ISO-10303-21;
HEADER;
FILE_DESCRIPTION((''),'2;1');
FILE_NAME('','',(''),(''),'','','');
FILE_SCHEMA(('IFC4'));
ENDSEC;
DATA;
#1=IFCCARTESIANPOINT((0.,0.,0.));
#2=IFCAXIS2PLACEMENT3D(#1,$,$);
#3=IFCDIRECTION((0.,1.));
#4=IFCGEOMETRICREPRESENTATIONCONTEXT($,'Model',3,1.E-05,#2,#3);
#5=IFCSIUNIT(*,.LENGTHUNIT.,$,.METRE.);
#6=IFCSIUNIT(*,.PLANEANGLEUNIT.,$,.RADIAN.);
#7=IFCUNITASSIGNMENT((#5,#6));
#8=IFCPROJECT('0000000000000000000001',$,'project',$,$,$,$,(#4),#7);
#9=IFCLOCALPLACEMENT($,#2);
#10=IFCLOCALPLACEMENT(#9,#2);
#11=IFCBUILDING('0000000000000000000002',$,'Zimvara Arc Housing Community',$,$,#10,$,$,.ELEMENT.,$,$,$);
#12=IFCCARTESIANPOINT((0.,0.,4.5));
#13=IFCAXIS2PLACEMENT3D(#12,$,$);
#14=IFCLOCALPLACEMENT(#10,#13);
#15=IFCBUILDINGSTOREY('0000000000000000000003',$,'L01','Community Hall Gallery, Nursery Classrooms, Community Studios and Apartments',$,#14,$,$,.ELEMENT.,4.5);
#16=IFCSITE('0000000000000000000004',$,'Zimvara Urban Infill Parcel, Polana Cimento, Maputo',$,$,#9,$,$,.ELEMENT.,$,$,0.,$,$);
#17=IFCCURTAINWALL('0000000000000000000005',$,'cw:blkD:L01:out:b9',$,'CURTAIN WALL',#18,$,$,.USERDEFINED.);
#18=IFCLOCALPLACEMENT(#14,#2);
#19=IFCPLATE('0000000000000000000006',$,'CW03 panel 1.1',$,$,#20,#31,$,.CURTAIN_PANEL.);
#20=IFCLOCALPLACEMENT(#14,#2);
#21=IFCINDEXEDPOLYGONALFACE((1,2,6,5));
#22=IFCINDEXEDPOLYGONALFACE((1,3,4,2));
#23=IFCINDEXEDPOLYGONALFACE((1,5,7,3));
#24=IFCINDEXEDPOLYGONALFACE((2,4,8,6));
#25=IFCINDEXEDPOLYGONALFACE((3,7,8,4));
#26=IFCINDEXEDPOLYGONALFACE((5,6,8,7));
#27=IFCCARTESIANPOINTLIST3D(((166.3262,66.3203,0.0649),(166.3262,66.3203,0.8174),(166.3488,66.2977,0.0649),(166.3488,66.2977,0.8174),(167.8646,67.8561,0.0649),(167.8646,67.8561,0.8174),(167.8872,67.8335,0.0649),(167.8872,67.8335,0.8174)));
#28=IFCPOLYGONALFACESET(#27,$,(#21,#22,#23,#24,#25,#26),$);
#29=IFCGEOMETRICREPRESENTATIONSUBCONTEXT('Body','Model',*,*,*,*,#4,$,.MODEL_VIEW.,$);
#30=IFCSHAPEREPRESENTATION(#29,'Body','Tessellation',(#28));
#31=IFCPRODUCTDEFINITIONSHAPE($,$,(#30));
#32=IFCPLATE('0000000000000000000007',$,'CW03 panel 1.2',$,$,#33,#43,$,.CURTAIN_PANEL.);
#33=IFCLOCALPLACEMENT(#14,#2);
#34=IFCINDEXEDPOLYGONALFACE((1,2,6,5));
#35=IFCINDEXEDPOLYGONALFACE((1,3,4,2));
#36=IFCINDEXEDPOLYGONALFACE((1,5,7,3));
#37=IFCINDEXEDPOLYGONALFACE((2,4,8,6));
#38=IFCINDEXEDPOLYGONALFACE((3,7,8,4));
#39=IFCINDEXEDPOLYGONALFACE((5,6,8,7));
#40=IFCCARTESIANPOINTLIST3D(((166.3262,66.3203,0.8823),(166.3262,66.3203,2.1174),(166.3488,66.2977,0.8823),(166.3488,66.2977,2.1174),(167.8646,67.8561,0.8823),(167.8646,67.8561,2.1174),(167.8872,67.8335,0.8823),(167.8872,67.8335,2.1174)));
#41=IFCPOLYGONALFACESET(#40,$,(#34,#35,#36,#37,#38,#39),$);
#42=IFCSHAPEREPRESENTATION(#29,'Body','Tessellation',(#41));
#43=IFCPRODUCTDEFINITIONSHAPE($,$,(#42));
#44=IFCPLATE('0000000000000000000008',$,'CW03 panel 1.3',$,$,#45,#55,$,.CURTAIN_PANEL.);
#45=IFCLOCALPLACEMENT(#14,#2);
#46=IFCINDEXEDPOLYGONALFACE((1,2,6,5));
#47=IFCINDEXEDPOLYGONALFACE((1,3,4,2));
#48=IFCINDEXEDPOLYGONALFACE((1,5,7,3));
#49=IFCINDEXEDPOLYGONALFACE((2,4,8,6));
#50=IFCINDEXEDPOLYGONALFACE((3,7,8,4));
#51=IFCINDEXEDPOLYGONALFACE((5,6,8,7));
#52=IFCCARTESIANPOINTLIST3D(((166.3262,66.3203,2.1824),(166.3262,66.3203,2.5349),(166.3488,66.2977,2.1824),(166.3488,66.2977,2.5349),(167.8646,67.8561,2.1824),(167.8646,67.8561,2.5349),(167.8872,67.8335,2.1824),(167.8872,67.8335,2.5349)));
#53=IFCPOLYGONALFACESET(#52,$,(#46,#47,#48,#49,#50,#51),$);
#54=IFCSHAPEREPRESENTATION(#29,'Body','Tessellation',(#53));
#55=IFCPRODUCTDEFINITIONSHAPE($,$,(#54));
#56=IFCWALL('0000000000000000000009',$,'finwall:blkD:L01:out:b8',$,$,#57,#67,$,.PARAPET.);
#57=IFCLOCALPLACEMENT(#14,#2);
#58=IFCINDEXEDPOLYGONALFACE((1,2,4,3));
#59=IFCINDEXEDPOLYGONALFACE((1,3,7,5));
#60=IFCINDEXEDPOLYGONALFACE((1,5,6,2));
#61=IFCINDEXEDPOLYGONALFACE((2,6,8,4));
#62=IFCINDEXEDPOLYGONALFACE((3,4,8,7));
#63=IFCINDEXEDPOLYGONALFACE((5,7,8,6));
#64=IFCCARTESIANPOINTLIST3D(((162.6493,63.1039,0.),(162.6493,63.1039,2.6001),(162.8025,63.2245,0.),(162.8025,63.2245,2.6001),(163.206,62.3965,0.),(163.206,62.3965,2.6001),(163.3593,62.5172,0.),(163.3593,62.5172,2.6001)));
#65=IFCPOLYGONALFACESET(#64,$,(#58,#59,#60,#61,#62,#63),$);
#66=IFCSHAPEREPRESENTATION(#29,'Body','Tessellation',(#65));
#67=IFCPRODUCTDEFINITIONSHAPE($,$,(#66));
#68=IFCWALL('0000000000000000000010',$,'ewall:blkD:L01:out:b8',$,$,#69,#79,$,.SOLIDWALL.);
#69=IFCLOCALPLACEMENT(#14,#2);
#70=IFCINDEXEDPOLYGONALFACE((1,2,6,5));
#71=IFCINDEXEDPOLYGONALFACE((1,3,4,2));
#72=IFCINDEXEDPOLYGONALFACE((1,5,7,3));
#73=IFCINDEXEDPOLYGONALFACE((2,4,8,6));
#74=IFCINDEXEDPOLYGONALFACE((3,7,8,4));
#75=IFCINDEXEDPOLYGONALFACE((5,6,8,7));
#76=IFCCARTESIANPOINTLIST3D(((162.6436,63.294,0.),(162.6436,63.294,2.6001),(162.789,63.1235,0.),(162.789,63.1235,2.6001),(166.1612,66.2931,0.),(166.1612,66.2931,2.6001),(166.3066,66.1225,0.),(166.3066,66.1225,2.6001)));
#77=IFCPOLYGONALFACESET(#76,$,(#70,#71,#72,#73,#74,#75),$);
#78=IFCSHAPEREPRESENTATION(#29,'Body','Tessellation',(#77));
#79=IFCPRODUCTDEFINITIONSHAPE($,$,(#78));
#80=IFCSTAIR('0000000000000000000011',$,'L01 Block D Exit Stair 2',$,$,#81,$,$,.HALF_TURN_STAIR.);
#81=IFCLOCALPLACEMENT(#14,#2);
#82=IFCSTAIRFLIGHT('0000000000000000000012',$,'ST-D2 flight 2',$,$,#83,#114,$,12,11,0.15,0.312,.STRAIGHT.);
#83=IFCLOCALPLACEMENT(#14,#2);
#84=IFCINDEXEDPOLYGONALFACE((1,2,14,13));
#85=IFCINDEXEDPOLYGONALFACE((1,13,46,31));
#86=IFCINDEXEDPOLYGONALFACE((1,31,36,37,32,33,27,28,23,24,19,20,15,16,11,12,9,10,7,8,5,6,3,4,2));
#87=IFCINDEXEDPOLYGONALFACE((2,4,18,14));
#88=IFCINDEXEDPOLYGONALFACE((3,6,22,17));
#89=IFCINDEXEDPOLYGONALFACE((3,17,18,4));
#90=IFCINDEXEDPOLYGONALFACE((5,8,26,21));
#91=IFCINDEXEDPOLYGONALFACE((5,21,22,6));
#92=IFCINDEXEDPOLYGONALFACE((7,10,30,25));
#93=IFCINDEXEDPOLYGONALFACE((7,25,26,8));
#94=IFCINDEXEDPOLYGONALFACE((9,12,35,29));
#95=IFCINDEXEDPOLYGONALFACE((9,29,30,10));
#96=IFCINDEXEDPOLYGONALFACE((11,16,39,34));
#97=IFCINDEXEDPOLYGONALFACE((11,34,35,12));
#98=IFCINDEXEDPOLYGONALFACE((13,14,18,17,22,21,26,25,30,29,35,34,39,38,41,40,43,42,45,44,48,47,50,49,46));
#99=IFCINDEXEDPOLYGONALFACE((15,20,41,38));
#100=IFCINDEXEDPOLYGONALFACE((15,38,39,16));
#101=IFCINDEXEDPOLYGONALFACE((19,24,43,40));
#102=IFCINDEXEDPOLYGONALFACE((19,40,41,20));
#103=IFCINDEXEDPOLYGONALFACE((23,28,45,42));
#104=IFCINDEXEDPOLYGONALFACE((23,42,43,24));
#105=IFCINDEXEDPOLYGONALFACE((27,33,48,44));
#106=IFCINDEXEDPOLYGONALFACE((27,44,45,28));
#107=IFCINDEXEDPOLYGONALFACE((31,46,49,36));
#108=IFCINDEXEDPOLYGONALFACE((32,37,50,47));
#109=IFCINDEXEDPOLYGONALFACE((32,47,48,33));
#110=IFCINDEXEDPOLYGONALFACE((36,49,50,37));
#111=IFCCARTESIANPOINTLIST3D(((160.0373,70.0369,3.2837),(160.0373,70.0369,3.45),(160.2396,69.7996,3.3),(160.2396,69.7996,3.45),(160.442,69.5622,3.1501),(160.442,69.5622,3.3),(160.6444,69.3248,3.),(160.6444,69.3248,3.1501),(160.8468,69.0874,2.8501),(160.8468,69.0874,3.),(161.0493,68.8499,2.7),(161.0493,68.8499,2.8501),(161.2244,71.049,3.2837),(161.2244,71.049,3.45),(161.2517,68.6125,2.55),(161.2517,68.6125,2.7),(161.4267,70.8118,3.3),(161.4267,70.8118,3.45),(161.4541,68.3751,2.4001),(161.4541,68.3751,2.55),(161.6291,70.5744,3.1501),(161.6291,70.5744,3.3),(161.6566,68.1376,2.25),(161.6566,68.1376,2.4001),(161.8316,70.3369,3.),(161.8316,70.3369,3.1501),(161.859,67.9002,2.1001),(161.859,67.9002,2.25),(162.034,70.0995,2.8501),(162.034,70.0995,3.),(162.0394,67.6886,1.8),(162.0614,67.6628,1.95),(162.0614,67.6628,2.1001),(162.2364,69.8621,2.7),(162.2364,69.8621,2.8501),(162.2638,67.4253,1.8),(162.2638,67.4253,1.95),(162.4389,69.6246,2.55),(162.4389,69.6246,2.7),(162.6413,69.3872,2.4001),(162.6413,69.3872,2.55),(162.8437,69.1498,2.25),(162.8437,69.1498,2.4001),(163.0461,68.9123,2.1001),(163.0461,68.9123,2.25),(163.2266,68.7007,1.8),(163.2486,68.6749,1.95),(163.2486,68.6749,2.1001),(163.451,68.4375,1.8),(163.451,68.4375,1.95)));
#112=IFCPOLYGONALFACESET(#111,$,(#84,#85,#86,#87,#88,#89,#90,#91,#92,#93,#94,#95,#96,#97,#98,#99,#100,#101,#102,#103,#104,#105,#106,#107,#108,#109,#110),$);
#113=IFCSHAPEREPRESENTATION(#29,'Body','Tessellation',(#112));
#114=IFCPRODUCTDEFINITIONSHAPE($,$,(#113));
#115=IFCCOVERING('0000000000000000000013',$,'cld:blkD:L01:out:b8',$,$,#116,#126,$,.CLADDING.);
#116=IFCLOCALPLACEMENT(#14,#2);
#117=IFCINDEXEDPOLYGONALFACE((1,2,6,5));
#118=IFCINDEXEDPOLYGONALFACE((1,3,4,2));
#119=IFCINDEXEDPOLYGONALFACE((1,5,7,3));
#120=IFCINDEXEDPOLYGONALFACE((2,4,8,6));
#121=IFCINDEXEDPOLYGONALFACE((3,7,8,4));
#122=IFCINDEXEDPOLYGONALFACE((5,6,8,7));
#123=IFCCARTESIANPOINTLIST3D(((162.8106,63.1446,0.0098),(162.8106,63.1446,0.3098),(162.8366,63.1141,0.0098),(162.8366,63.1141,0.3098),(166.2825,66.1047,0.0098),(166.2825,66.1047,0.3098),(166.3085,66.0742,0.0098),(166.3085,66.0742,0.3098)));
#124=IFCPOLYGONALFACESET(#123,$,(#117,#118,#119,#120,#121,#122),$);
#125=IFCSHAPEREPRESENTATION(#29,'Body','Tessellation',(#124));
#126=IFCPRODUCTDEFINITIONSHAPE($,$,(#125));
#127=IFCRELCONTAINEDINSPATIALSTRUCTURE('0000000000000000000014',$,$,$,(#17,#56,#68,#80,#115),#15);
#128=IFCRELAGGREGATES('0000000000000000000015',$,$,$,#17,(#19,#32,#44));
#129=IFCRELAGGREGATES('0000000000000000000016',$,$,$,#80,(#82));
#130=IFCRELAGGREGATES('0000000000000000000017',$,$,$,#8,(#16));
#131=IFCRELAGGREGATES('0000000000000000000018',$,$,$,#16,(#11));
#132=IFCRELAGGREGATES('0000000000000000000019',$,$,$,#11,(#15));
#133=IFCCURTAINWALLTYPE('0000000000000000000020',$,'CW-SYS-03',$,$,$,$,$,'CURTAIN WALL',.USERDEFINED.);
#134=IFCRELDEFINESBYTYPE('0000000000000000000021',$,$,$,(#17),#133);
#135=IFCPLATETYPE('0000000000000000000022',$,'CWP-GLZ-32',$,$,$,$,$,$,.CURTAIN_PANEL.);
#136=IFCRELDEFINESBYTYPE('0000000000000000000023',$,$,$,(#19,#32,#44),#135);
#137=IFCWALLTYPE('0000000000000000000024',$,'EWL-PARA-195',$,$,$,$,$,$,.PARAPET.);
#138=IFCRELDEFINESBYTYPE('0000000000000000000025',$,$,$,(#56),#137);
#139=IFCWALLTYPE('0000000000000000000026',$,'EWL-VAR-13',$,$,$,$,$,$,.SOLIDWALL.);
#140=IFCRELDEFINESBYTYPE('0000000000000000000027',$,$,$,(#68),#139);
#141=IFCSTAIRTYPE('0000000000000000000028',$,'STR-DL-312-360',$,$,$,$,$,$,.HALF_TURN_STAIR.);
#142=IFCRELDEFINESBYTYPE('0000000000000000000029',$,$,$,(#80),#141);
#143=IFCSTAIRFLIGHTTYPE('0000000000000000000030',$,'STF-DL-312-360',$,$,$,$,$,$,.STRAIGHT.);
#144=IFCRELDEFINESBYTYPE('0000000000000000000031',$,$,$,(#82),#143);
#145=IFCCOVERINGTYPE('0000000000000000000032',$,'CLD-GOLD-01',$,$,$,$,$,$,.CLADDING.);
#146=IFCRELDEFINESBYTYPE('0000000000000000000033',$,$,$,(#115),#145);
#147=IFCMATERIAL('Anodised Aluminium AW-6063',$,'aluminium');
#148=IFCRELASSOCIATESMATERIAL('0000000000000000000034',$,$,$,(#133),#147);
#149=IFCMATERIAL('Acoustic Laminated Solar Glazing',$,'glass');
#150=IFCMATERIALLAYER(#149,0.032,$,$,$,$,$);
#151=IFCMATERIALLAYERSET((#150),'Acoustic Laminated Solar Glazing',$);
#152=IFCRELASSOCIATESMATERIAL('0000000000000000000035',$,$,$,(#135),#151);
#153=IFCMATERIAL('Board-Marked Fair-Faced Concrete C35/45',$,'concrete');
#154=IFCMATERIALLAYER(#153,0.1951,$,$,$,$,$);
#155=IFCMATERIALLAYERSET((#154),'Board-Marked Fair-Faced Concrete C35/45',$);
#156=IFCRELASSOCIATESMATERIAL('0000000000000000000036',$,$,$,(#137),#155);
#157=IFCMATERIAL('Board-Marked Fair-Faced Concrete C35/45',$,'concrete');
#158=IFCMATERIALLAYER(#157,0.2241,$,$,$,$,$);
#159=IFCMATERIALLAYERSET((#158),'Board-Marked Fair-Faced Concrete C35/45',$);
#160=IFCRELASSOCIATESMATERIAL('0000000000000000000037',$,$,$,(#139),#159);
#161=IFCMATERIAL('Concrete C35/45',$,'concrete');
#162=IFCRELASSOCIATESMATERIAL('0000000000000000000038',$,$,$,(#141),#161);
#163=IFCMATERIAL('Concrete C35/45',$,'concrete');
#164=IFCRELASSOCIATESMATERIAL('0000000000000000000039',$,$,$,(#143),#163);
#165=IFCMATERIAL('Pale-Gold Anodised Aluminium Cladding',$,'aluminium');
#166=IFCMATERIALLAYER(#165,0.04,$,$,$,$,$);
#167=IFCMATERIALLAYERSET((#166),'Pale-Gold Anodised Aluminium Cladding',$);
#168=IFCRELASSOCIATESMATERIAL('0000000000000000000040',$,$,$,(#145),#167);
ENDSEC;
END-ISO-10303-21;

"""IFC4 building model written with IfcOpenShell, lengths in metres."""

from ifc_helpers import new_model, si_unit, direction, frame, frame_2d, origin, origin_2d, place, context, subcontext, project, spatial, polyline, rectangle, outline, extrude, material, layer, layer_set, type_object, element, aggregate, save


model = new_model("IFC4")

# Units and contexts
model_context = context("Model", 3, precision=1e-05, world=origin(), true_north=direction((0.0, 1.0)))
body_context = subcontext(model_context, "Body", "Model", "MODEL_VIEW")
ifc_project = project(units=[si_unit("LENGTHUNIT", "METRE"), si_unit("PLANEANGLEUNIT", "RADIAN")], contexts=[model_context])

# Site, building, storey
site_placement = place(None, origin())
site = spatial("IfcSite", under=ifc_project, at=site_placement, Name="Zimvara Urban Infill Parcel, Polana Cimento, Maputo", CompositionType="ELEMENT", RefElevation=0.0)
building_placement = place(site_placement, origin())
building = spatial("IfcBuilding", under=site, at=building_placement, Name="Zimvara Arc Housing Community", CompositionType="ELEMENT")
storey_placement = place(building_placement, frame((0.0, 0.0, 4.5)))
storey = spatial("IfcBuildingStorey", under=building, at=storey_placement, Name="L01", Description="Community Hall Gallery, Nursery Classrooms, Community Studios and Apartments", CompositionType="ELEMENT", Elevation=4.5)

# Curtain wall, plates
ifc_material_1 = material(Name="Anodised Aluminium AW-6063", Category="aluminium")
curtain_wall_type_1 = type_object("IfcCurtainWallType", Name="CW-SYS-03", ElementType="CURTAIN WALL", PredefinedType="USERDEFINED", material=ifc_material_1)
curtain_wall_1_placement = place(storey_placement, origin())
curtain_wall_1 = element("IfcCurtainWall", 1, at=curtain_wall_1_placement, inside=storey, type_object=curtain_wall_type_1, Name="cw:blkD:L01:out:b9", ObjectType="CURTAIN WALL", PredefinedType="USERDEFINED")
ifc_material_2 = material(Name="Acoustic Laminated Solar Glazing", Category="glass")
ifc_layer_1 = layer(ifc_material_2, 0.032)
ifc_layer_set_1 = layer_set([ifc_layer_1], Name="Acoustic Laminated Solar Glazing")
plate_type = type_object("IfcPlateType", Name="CWP-GLZ-32", PredefinedType="CURTAIN_PANEL", material=ifc_layer_set_1)
plate_1_placement = place(storey_placement, frame((167.1067, 67.0769, 0.0649), z_axis=(0.0, 0.0, 1.0), x_axis=(0.707724, 0.706489, 0.0)))
plate_1 = element("IfcPlate", 2, at=plate_1_placement, type_object=plate_type, Name="CW03 panel 1.1", PredefinedType="CURTAIN_PANEL", context=body_context, shape_type="SweptSolid", body=[
    extrude(rectangle(XDim=2.1738, YDim=0.032, at=origin_2d()), origin(), (0.0, 0.0, 1.0), 0.7524),
])
plate_2_placement = place(storey_placement, frame((167.1067, 67.0769, 0.8823), z_axis=(0.0, 0.0, 1.0), x_axis=(0.707724, 0.706489, 0.0)))
plate_2 = element("IfcPlate", 3, at=plate_2_placement, type_object=plate_type, Name="CW03 panel 1.2", PredefinedType="CURTAIN_PANEL", context=body_context, shape_type="SweptSolid", body=[
    extrude(rectangle(XDim=2.1738, YDim=0.032, at=origin_2d()), origin(), (0.0, 0.0, 1.0), 1.2351),
])
plate_3_placement = place(storey_placement, frame((167.1067, 67.0769, 2.1824), z_axis=(0.0, 0.0, 1.0), x_axis=(0.707724, 0.706489, 0.0)))
plate_3 = element("IfcPlate", 4, at=plate_3_placement, type_object=plate_type, Name="CW03 panel 1.3", PredefinedType="CURTAIN_PANEL", context=body_context, shape_type="SweptSolid", body=[
    extrude(rectangle(XDim=2.1738, YDim=0.032, at=origin_2d()), origin(), (0.0, 0.0, 1.0), 0.3525),
])
aggregate(curtain_wall_1, [plate_1, plate_2, plate_3])

# Walls
ifc_material_3 = material(Name="Board-Marked Fair-Faced Concrete C35/45", Category="concrete")
ifc_layer_2 = layer(ifc_material_3, 0.1951)
ifc_layer_set_2 = layer_set([ifc_layer_2], Name="Board-Marked Fair-Faced Concrete C35/45")
wall_type_1 = type_object("IfcWallType", Name="EWL-PARA-195", PredefinedType="PARAPET", material=ifc_layer_set_2)
wall_1_placement = place(storey_placement, frame((162.7258, 63.1643, 0.0), z_axis=(0.0, 0.0, 1.0), x_axis=(0.618456, -0.785819, 0.0)))
element("IfcWall", 5, at=wall_1_placement, inside=storey, type_object=wall_type_1, Name="finwall:blkD:L01:out:b8", PredefinedType="PARAPET", context=body_context, shape_type="SweptSolid", body=[
    extrude(rectangle(XDim=0.9001, YDim=0.1951, at=frame_2d((0.4502, 0.0))), origin(), (0.0, 0.0, 1.0), 2.6001),
])
ifc_material_4 = material(Name="Board-Marked Fair-Faced Concrete C35/45", Category="concrete")
ifc_layer_3 = layer(ifc_material_4, 0.2241)
ifc_layer_set_3 = layer_set([ifc_layer_3], Name="Board-Marked Fair-Faced Concrete C35/45")
wall_type_2 = type_object("IfcWallType", Name="EWL-VAR-13", PredefinedType="SOLIDWALL", material=ifc_layer_set_3)
wall_2_placement = place(storey_placement, frame((162.7163, 63.2087, 0.0), z_axis=(0.0, 0.0, 1.0), x_axis=(0.760969, 0.648788, 0.0)))
element("IfcWall", 6, at=wall_2_placement, inside=storey, type_object=wall_type_2, Name="ewall:blkD:L01:out:b8", PredefinedType="SOLIDWALL", context=body_context, shape_type="SweptSolid", body=[
    extrude(rectangle(XDim=4.6226, YDim=0.2241, at=frame_2d((2.3113, 0.0))), origin(), (0.0, 0.0, 1.0), 2.6001),
])

# Stair, stair flight
ifc_material_5 = material(Name="Concrete C35/45", Category="concrete")
stair_type = type_object("IfcStairType", Name="STR-DL-312-360", PredefinedType="HALF_TURN_STAIR", material=ifc_material_5)
stair_placement = place(storey_placement, origin())
stair = element("IfcStair", 7, at=stair_placement, inside=storey, type_object=stair_type, Name="L01 Block D Exit Stair 2", PredefinedType="HALF_TURN_STAIR")
ifc_material_6 = material(Name="Concrete C35/45", Category="concrete")
stair_flight_type = type_object("IfcStairFlightType", Name="STF-DL-312-360", PredefinedType="STRAIGHT", material=ifc_material_6)
stair_flight_placement = place(storey_placement, frame((162.8574, 67.9314, 1.8), z_axis=(0.0, 0.0, 1.0), x_axis=(-0.648784, 0.760972, 0.0)))
stair_flight = element("IfcStairFlight", 8, at=stair_flight_placement, type_object=stair_flight_type, Name="ST-D2 flight 2", NumberOfRisers=12, NumberOfTreads=11, PredefinedType="STRAIGHT", RiserHeight=0.15, TreadLength=0.312, context=body_context, shape_type="SweptSolid", body=[
    extrude(outline(polyline([(0.0, 0.0), (0.0, 0.1499), (0.312, 0.1499), (0.312, 0.3), (0.624, 0.3), (0.624, 0.45), (0.936, 0.45), (0.936, 0.6001), (1.248, 0.6001), (1.248, 0.75), (1.5601, 0.75), (1.5601, 0.8999), (1.8721, 0.8999), (1.8721, 1.05), (2.1841, 1.05), (2.1841, 1.2), (2.4961, 1.2), (2.4961, 1.3501), (2.8081, 1.3501), (2.8081, 1.5), (3.1201, 1.5), (3.1201, 1.6499), (3.4319, 1.6499), (3.4319, 1.8), (3.4319, 1.4836), (0.3459, 0.0), (0.0, 0.0)])), frame((0.0, 0.78, 0.0), z_axis=(0.0, -1.0, 0.0), x_axis=(1.0, 0.0, 0.0)), (0.0, 0.0, 1.0), 1.5601),
])
aggregate(stair, [stair_flight])

# Covering
ifc_material_7 = material(Name="Pale-Gold Anodised Aluminium Cladding", Category="aluminium")
ifc_layer_4 = layer(ifc_material_7, 0.04)
ifc_layer_set_4 = layer_set([ifc_layer_4], Name="Pale-Gold Anodised Aluminium Cladding")
covering_type = type_object("IfcCoveringType", Name="CLD-GOLD-01", PredefinedType="CLADDING", material=ifc_layer_set_4)
covering_placement = place(storey_placement, frame((164.5596, 64.6094, 0.0098), z_axis=(0.0, 0.0, 1.0), x_axis=(0.760971, 0.648786, 0.0)))
element("IfcCovering", 9, at=covering_placement, inside=storey, type_object=covering_type, Name="cld:blkD:L01:out:b8", PredefinedType="CLADDING", context=body_context, shape_type="SweptSolid", body=[
    extrude(rectangle(XDim=4.5625, YDim=0.04, at=origin_2d()), origin(), (0.0, 0.0, 1.0), 0.3),
])

save(model, "model.ifc")
